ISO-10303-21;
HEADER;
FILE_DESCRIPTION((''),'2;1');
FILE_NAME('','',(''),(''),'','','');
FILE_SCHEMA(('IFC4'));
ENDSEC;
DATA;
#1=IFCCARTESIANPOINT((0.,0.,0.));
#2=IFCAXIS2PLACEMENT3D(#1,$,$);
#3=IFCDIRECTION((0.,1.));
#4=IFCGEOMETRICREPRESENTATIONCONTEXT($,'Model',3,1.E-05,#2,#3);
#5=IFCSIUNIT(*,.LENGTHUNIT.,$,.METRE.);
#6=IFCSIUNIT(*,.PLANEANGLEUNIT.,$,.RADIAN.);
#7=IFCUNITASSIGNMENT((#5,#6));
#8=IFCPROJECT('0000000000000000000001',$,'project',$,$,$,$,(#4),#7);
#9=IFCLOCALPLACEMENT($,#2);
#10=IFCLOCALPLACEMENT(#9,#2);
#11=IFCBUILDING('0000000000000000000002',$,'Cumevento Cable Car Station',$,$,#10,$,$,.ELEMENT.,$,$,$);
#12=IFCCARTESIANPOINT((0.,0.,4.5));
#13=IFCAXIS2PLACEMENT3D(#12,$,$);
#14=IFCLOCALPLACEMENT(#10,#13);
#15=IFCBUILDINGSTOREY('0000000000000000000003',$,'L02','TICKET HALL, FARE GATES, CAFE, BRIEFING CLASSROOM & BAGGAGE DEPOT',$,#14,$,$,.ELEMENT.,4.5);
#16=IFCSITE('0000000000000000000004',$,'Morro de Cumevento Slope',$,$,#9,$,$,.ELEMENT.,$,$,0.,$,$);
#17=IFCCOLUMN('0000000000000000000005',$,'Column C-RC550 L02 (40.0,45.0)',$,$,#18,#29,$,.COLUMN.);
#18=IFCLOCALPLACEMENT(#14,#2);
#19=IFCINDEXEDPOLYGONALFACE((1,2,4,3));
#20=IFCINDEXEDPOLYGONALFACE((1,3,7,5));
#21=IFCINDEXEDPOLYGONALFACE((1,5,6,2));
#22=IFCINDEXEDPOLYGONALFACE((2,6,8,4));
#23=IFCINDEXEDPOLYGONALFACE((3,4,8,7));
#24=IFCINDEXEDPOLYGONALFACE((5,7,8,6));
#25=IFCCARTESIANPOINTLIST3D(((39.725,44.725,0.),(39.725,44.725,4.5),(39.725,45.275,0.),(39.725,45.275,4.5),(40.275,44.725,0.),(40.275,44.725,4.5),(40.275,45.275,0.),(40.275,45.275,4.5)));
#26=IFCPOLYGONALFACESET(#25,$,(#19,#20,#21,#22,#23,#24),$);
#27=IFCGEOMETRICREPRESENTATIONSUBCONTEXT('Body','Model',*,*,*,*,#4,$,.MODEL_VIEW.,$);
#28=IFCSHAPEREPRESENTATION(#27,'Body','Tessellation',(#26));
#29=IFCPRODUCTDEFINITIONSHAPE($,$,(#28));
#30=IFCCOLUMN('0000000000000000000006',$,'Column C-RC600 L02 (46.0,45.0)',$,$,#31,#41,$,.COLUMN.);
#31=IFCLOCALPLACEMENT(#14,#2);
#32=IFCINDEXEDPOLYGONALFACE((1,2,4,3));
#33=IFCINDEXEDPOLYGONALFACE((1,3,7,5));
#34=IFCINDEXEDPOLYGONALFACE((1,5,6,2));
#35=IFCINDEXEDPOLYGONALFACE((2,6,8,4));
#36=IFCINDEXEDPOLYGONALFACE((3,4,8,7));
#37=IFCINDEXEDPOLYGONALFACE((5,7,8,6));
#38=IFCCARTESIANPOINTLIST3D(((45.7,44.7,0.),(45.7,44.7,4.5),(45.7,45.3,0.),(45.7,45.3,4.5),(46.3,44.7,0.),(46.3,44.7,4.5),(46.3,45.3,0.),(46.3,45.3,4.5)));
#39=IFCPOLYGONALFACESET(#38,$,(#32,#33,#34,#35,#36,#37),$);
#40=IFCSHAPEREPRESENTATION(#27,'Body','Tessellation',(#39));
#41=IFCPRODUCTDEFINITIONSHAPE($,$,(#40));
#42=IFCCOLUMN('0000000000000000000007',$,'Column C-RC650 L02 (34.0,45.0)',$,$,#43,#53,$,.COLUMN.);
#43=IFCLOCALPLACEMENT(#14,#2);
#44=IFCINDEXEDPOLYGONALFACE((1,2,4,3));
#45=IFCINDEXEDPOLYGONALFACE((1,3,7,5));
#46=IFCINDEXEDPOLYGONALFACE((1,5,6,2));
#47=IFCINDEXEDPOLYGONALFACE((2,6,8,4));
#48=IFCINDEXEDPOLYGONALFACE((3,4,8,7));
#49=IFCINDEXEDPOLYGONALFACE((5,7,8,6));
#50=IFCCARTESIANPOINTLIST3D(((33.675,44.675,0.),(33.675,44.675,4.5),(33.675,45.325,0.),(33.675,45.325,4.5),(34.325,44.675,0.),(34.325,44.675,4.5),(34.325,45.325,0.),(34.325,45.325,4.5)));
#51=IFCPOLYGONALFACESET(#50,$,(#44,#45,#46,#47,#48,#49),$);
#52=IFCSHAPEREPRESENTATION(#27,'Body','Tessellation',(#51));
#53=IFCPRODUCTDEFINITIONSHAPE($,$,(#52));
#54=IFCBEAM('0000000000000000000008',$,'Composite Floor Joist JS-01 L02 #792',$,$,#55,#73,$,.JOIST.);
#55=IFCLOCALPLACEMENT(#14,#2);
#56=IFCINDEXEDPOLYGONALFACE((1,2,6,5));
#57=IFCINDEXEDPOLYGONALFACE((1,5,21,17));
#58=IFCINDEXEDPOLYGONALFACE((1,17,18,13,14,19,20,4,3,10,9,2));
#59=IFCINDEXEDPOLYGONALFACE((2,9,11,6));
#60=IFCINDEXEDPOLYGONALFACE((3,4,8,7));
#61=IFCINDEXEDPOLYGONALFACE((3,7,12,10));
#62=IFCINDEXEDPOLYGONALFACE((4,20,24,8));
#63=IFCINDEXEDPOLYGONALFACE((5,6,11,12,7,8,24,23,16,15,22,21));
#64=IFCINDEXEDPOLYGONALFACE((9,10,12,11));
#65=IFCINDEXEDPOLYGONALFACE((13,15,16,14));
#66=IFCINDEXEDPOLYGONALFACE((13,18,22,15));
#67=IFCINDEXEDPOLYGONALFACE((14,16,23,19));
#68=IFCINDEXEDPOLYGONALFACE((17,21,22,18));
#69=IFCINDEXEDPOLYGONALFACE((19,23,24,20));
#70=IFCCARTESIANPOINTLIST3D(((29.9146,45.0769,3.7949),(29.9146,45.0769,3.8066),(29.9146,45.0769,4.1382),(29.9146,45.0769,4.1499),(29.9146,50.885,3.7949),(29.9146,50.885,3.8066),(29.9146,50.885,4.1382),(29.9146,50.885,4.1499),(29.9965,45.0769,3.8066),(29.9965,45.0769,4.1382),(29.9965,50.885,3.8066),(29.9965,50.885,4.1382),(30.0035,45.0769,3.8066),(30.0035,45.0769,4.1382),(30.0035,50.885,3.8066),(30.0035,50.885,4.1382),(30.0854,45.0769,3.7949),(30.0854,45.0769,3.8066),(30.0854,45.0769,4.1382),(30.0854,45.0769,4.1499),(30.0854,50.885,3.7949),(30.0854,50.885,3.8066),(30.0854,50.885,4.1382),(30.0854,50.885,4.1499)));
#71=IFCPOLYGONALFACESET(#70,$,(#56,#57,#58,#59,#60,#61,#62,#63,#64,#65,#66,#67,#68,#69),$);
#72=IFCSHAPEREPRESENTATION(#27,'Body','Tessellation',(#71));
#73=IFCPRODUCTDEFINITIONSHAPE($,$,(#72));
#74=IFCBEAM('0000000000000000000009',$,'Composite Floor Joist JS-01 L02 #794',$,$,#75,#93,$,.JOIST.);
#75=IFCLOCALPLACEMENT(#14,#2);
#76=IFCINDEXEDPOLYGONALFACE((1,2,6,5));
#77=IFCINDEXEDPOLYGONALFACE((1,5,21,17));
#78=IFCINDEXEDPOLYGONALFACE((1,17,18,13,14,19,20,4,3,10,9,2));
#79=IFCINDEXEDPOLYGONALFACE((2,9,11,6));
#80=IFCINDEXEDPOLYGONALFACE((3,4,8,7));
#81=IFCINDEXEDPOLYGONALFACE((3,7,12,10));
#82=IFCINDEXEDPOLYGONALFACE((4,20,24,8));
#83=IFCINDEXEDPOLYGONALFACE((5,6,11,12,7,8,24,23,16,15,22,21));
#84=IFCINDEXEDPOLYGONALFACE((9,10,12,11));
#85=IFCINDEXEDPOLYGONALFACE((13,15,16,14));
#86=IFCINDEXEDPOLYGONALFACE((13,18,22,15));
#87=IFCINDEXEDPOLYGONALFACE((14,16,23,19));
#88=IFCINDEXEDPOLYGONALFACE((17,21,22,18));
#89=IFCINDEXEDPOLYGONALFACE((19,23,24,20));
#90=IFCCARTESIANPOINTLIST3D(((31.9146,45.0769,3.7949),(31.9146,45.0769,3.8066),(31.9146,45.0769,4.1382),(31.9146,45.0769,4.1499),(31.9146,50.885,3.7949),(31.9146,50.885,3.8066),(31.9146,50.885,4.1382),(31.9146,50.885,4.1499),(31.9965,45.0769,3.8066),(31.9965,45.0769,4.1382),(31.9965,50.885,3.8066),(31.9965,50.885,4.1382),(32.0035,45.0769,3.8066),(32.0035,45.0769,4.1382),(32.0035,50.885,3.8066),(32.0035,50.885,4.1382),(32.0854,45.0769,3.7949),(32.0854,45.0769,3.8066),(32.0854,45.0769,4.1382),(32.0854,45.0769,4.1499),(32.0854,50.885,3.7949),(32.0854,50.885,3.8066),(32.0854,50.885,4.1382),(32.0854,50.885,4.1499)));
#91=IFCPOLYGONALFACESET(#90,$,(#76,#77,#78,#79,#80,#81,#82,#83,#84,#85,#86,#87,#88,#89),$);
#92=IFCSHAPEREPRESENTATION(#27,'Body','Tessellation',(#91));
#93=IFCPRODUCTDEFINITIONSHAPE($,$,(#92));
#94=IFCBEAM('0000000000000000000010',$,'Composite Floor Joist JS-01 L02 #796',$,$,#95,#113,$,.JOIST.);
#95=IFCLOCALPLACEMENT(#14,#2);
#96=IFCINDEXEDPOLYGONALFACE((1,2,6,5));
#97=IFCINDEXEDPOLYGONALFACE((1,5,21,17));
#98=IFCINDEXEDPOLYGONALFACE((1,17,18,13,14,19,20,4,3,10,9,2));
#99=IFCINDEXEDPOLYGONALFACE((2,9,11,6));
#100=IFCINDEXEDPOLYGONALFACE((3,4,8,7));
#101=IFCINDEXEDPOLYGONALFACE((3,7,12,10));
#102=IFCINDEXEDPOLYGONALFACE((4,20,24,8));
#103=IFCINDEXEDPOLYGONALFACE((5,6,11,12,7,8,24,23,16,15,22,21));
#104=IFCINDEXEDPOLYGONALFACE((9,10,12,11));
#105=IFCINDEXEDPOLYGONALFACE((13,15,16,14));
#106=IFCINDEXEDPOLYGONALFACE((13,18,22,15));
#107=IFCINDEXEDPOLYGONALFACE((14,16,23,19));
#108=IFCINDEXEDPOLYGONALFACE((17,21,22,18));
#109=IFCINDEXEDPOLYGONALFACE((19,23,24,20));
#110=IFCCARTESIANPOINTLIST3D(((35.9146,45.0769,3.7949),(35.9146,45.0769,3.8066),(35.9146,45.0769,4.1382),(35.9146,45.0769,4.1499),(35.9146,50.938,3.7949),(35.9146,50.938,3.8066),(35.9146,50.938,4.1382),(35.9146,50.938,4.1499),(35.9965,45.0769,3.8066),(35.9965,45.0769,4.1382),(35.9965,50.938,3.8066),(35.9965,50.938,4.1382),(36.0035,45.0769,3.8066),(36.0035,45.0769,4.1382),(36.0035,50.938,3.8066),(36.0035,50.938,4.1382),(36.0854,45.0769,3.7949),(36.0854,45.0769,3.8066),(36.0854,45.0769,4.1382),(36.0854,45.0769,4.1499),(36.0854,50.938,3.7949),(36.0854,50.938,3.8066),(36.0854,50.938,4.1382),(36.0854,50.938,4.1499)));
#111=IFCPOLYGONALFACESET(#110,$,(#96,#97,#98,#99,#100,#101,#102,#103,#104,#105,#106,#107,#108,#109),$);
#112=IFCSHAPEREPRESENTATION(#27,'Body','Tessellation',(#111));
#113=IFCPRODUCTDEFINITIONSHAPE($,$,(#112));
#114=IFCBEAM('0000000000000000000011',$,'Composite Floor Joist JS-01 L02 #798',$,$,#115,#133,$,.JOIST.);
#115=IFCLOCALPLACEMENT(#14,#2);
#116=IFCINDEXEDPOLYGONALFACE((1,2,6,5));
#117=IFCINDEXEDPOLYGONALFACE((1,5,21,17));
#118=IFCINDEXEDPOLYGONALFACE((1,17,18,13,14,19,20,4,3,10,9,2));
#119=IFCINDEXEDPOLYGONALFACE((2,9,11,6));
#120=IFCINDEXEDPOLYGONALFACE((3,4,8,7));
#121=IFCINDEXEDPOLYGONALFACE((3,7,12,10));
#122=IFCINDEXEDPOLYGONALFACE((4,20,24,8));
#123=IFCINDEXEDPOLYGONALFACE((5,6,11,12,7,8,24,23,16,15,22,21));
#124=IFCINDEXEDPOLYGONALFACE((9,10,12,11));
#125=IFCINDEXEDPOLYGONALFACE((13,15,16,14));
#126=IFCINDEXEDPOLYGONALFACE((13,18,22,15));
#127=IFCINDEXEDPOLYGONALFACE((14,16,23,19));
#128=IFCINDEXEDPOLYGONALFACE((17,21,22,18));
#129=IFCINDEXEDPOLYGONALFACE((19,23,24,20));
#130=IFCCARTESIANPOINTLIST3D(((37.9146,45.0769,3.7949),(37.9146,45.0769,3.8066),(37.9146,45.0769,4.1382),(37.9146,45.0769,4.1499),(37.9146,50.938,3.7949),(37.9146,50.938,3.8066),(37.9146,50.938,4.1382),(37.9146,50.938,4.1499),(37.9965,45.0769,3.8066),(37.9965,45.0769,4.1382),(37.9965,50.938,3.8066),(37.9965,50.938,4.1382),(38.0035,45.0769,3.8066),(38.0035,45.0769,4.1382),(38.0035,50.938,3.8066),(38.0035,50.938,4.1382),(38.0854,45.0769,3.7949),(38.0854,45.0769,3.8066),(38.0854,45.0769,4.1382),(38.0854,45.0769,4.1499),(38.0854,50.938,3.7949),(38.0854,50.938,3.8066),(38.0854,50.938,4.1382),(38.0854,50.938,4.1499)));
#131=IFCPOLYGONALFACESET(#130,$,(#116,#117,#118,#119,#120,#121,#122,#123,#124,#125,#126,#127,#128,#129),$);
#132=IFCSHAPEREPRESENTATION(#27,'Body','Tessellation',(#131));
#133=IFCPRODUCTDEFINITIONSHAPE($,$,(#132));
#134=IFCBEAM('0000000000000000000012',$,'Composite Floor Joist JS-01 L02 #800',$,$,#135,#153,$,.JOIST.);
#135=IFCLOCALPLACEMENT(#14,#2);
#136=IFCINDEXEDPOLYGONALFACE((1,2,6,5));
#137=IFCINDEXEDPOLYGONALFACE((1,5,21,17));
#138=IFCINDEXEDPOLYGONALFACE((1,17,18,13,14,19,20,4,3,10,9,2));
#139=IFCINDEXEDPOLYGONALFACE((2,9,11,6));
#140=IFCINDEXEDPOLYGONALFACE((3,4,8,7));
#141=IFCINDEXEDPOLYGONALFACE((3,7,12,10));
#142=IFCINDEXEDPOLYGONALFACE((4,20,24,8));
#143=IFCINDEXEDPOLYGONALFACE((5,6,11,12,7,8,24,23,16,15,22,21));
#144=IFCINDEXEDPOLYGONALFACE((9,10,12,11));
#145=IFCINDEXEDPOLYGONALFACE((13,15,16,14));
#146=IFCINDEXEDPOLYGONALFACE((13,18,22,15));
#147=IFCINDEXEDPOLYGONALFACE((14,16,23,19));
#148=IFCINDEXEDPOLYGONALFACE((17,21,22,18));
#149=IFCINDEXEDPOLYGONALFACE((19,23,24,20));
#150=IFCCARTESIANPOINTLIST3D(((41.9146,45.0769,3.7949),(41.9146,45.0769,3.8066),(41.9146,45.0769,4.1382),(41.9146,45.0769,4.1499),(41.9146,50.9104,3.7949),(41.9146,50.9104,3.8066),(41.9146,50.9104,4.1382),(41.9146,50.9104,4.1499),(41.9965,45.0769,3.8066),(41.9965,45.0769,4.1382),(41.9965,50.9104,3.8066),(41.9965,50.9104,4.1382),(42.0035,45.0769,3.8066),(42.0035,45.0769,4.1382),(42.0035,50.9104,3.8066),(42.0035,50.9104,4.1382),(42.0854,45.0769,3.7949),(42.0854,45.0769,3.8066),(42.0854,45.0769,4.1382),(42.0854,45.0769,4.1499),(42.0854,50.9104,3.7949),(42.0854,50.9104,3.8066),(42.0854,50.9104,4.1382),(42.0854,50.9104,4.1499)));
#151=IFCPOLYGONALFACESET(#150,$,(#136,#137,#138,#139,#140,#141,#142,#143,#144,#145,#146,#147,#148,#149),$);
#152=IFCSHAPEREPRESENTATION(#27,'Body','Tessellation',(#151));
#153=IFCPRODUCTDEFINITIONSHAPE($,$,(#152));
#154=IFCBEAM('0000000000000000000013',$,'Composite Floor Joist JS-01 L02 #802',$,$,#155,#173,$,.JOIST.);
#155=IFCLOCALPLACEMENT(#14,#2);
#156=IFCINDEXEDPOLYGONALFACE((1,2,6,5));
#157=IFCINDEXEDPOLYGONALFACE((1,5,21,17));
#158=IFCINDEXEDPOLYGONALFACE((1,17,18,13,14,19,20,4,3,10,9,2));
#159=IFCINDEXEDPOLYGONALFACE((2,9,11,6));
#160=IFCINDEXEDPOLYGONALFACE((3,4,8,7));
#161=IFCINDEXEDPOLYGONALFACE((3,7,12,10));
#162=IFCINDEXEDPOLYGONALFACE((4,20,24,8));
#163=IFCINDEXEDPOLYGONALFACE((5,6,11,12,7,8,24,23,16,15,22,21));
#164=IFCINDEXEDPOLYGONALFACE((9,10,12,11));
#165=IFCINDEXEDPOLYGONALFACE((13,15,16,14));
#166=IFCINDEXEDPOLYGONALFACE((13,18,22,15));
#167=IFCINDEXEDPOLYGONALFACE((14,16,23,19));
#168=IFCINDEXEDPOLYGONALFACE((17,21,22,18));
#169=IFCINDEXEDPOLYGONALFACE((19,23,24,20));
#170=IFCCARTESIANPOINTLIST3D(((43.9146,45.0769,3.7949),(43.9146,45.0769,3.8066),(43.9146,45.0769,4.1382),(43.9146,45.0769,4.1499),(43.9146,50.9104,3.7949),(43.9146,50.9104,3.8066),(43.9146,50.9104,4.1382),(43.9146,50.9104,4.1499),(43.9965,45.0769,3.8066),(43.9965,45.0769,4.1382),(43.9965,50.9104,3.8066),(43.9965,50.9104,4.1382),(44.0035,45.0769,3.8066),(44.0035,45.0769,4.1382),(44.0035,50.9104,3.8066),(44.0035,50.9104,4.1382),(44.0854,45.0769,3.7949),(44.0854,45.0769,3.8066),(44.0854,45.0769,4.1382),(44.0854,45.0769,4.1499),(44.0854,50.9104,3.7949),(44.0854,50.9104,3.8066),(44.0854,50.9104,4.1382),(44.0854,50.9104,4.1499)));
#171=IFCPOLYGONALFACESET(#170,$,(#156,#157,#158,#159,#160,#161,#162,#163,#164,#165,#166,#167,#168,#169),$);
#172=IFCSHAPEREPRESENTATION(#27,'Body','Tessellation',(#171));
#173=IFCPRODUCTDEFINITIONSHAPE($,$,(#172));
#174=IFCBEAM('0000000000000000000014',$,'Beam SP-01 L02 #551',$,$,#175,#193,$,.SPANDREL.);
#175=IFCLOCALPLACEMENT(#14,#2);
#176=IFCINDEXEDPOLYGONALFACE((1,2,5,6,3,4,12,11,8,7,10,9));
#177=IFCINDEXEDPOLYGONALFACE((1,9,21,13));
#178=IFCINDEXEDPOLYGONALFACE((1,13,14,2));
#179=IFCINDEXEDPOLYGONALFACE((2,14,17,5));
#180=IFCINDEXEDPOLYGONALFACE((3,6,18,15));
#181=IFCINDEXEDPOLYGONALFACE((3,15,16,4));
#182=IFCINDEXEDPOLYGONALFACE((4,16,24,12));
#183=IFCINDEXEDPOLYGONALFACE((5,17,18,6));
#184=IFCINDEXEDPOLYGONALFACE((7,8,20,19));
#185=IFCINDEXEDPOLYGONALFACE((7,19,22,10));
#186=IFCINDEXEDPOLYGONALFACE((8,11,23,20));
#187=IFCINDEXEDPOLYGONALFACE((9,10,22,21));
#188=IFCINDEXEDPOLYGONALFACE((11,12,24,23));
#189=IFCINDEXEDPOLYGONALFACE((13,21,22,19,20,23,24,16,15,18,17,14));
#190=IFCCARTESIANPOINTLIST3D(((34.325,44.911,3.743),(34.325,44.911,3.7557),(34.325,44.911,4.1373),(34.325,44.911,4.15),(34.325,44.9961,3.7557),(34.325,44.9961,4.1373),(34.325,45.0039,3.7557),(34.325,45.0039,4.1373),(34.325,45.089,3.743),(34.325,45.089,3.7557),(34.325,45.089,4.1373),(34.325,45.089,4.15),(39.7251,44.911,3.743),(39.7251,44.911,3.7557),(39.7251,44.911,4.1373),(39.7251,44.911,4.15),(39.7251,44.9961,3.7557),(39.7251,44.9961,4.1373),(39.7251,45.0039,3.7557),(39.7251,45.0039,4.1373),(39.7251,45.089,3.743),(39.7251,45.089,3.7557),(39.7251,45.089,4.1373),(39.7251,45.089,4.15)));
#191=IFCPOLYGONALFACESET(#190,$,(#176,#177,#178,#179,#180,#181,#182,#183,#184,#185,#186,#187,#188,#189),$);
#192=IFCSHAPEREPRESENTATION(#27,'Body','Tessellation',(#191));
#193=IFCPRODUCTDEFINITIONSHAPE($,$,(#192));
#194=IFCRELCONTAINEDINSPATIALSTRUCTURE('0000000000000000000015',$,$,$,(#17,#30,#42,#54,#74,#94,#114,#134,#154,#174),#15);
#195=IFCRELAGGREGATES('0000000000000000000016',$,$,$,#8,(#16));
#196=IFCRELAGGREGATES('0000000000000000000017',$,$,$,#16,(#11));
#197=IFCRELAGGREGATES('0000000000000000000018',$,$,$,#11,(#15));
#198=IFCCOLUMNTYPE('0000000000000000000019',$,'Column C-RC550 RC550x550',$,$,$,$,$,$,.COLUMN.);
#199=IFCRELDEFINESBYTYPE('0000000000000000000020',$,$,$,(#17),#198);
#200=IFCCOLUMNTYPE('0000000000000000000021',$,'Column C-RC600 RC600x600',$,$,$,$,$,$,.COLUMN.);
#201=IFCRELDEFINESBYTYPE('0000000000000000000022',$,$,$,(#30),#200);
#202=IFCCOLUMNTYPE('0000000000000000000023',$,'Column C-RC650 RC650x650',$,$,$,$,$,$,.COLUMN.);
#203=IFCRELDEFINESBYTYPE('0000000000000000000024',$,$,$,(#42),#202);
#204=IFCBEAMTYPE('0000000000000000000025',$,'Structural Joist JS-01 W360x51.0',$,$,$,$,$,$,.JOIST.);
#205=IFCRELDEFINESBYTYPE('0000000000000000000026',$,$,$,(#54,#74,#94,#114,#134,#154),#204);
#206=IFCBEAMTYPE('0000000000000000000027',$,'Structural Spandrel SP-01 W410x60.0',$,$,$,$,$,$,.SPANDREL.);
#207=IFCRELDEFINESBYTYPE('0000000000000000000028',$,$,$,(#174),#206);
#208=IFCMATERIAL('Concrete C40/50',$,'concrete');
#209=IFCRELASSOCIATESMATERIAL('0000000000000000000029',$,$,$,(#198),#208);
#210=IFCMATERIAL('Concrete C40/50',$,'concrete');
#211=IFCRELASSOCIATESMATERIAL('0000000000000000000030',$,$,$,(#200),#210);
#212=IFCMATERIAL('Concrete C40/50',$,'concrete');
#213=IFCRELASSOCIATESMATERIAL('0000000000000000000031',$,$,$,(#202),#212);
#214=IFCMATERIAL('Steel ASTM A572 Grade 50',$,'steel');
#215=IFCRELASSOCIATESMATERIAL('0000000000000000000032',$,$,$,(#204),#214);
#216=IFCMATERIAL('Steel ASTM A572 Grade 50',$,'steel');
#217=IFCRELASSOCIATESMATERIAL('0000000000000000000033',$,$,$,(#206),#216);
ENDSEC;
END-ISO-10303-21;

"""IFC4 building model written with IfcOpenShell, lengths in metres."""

from ifc_helpers import new_model, si_unit, direction, frame, origin, origin_2d, place, context, subcontext, project, spatial, rectangle, i_section, extrude, material, material_profile, profile_set, type_object, element, save


model = new_model("IFC4")

# Units and contexts
model_context = context("Model", 3, precision=1e-05, world=origin(), true_north=direction((0.0, 1.0)))
body_context = subcontext(model_context, "Body", "Model", "MODEL_VIEW")
ifc_project = project(units=[si_unit("LENGTHUNIT", "METRE"), si_unit("PLANEANGLEUNIT", "RADIAN")], contexts=[model_context])

# Site, building, storey
site_placement = place(None, origin())
site = spatial("IfcSite", under=ifc_project, at=site_placement, Name="Morro de Cumevento Slope", CompositionType="ELEMENT", RefElevation=0.0)
building_placement = place(site_placement, origin())
building = spatial("IfcBuilding", under=site, at=building_placement, Name="Cumevento Cable Car Station", CompositionType="ELEMENT")
storey_placement = place(building_placement, frame((0.0, 0.0, 4.5)))
storey = spatial("IfcBuildingStorey", under=building, at=storey_placement, Name="L02", Description="TICKET HALL, FARE GATES, CAFE, BRIEFING CLASSROOM & BAGGAGE DEPOT", CompositionType="ELEMENT", Elevation=4.5)

# Columns
ifc_material_1 = material(Name="Concrete C40/50", Category="concrete")
ifc_material_profile_1 = material_profile(ifc_material_1, rectangle(XDim=0.55, YDim=0.55, at=origin_2d()), Name="RC550x550")
ifc_profile_set_1 = profile_set([ifc_material_profile_1], Name="Concrete C40/50")
column_type_1 = type_object("IfcColumnType", Name="Column C-RC550 RC550x550", PredefinedType="COLUMN", material=ifc_profile_set_1)
column_1_placement = place(storey_placement, frame((40.0, 45.0, 0.0), z_axis=(0.0, 0.0, 1.0), x_axis=(1.0, 0.0, 0.0)))
element("IfcColumn", 1, at=column_1_placement, inside=storey, type_object=column_type_1, Name="Column C-RC550 L02 (40.0,45.0)", PredefinedType="COLUMN", context=body_context, shape_type="SweptSolid", body=[
    extrude(rectangle(XDim=0.55, YDim=0.55, at=origin_2d()), origin(), (0.0, 0.0, 1.0), 4.5),
])
ifc_material_2 = material(Name="Concrete C40/50", Category="concrete")
ifc_material_profile_2 = material_profile(ifc_material_2, rectangle(XDim=0.6001, YDim=0.6001, at=origin_2d()), Name="RC600x600")
ifc_profile_set_2 = profile_set([ifc_material_profile_2], Name="Concrete C40/50")
column_type_2 = type_object("IfcColumnType", Name="Column C-RC600 RC600x600", PredefinedType="COLUMN", material=ifc_profile_set_2)
column_2_placement = place(storey_placement, frame((46.0, 45.0, 0.0), z_axis=(0.0, 0.0, 1.0), x_axis=(1.0, 0.0, 0.0)))
element("IfcColumn", 2, at=column_2_placement, inside=storey, type_object=column_type_2, Name="Column C-RC600 L02 (46.0,45.0)", PredefinedType="COLUMN", context=body_context, shape_type="SweptSolid", body=[
    extrude(rectangle(XDim=0.6001, YDim=0.6001, at=origin_2d()), origin(), (0.0, 0.0, 1.0), 4.5),
])
ifc_material_3 = material(Name="Concrete C40/50", Category="concrete")
ifc_material_profile_3 = material_profile(ifc_material_3, rectangle(XDim=0.6499, YDim=0.6499, at=origin_2d()), Name="RC650x650")
ifc_profile_set_3 = profile_set([ifc_material_profile_3], Name="Concrete C40/50")
column_type_3 = type_object("IfcColumnType", Name="Column C-RC650 RC650x650", PredefinedType="COLUMN", material=ifc_profile_set_3)
column_3_placement = place(storey_placement, frame((34.0, 45.0, 0.0), z_axis=(0.0, 0.0, 1.0), x_axis=(1.0, 0.0, 0.0)))
element("IfcColumn", 3, at=column_3_placement, inside=storey, type_object=column_type_3, Name="Column C-RC650 L02 (34.0,45.0)", PredefinedType="COLUMN", context=body_context, shape_type="SweptSolid", body=[
    extrude(rectangle(XDim=0.6499, YDim=0.6499, at=origin_2d()), origin(), (0.0, 0.0, 1.0), 4.5),
])

# Beams
ifc_material_4 = material(Name="Steel ASTM A572 Grade 50", Category="steel")
ifc_material_profile_4 = material_profile(ifc_material_4, i_section(OverallWidth=0.1709, OverallDepth=0.355, WebThickness=0.0071, FlangeThickness=0.0117, at=origin_2d()), Name="W360x51.0")
ifc_profile_set_4 = profile_set([ifc_material_profile_4], Name="Steel ASTM A572 Grade 50")
beam_type_1 = type_object("IfcBeamType", Name="Structural Joist JS-01 W360x51.0", PredefinedType="JOIST", material=ifc_profile_set_4)
for number, where, z_axis, x_axis, name in (
    (4, (30.0, 45.0769, 3.9724), (0.0, 1.0, 0.0), (-1.0, 0.0, 0.0), "Composite Floor Joist JS-01 L02 #792"),
    (5, (32.0, 45.0769, 3.9724), (0.0, 1.0, 0.0), (-1.0, 0.0, 0.0), "Composite Floor Joist JS-01 L02 #794"),
):
    element("IfcBeam", number, at=place(storey_placement, frame(where, z_axis=z_axis, x_axis=x_axis)), inside=storey, type_object=beam_type_1, Name=name, PredefinedType="JOIST", context=body_context, shape_type="SweptSolid", body=[
        extrude(i_section(OverallWidth=0.1709, OverallDepth=0.355, WebThickness=0.0071, FlangeThickness=0.0117, at=origin_2d()), origin(), (0.0, 0.0, 1.0), 5.8081),
    ])
for number, where, z_axis, x_axis, name in (
    (6, (36.0, 45.0769, 3.9724), (0.0, 1.0, 0.0), (-1.0, 0.0, 0.0), "Composite Floor Joist JS-01 L02 #796"),
    (7, (38.0, 45.0769, 3.9724), (0.0, 1.0, 0.0), (-1.0, 0.0, 0.0), "Composite Floor Joist JS-01 L02 #798"),
):
    element("IfcBeam", number, at=place(storey_placement, frame(where, z_axis=z_axis, x_axis=x_axis)), inside=storey, type_object=beam_type_1, Name=name, PredefinedType="JOIST", context=body_context, shape_type="SweptSolid", body=[
        extrude(i_section(OverallWidth=0.1709, OverallDepth=0.355, WebThickness=0.0071, FlangeThickness=0.0117, at=origin_2d()), origin(), (0.0, 0.0, 1.0), 5.8611),
    ])
for number, where, z_axis, x_axis, name in (
    (8, (42.0, 45.0769, 3.9724), (0.0, 1.0, 0.0), (-1.0, 0.0, 0.0), "Composite Floor Joist JS-01 L02 #800"),
    (9, (44.0, 45.0769, 3.9724), (0.0, 1.0, 0.0), (-1.0, 0.0, 0.0), "Composite Floor Joist JS-01 L02 #802"),
):
    element("IfcBeam", number, at=place(storey_placement, frame(where, z_axis=z_axis, x_axis=x_axis)), inside=storey, type_object=beam_type_1, Name=name, PredefinedType="JOIST", context=body_context, shape_type="SweptSolid", body=[
        extrude(i_section(OverallWidth=0.1709, OverallDepth=0.355, WebThickness=0.0071, FlangeThickness=0.0117, at=origin_2d()), origin(), (0.0, 0.0, 1.0), 5.8335),
    ])
ifc_material_5 = material(Name="Steel ASTM A572 Grade 50", Category="steel")
ifc_material_profile_5 = material_profile(ifc_material_5, i_section(OverallWidth=0.178, OverallDepth=0.407, WebThickness=0.0078, FlangeThickness=0.0127, at=origin_2d()), Name="W410x60.0")
ifc_profile_set_5 = profile_set([ifc_material_profile_5], Name="Steel ASTM A572 Grade 50")
beam_type_2 = type_object("IfcBeamType", Name="Structural Spandrel SP-01 W410x60.0", PredefinedType="SPANDREL", material=ifc_profile_set_5)
beam_1_placement = place(storey_placement, frame((34.325, 45.0, 3.9465), z_axis=(1.0, 0.0, 0.0), x_axis=(0.0, 1.0, 0.0)))
element("IfcBeam", 10, at=beam_1_placement, inside=storey, type_object=beam_type_2, Name="Beam SP-01 L02 #551", PredefinedType="SPANDREL", context=body_context, shape_type="SweptSolid", body=[
    extrude(i_section(OverallWidth=0.178, OverallDepth=0.407, WebThickness=0.0078, FlangeThickness=0.0127, at=origin_2d()), origin(), (0.0, 0.0, 1.0), 5.4001),
])

save(model, "model.ifc")
